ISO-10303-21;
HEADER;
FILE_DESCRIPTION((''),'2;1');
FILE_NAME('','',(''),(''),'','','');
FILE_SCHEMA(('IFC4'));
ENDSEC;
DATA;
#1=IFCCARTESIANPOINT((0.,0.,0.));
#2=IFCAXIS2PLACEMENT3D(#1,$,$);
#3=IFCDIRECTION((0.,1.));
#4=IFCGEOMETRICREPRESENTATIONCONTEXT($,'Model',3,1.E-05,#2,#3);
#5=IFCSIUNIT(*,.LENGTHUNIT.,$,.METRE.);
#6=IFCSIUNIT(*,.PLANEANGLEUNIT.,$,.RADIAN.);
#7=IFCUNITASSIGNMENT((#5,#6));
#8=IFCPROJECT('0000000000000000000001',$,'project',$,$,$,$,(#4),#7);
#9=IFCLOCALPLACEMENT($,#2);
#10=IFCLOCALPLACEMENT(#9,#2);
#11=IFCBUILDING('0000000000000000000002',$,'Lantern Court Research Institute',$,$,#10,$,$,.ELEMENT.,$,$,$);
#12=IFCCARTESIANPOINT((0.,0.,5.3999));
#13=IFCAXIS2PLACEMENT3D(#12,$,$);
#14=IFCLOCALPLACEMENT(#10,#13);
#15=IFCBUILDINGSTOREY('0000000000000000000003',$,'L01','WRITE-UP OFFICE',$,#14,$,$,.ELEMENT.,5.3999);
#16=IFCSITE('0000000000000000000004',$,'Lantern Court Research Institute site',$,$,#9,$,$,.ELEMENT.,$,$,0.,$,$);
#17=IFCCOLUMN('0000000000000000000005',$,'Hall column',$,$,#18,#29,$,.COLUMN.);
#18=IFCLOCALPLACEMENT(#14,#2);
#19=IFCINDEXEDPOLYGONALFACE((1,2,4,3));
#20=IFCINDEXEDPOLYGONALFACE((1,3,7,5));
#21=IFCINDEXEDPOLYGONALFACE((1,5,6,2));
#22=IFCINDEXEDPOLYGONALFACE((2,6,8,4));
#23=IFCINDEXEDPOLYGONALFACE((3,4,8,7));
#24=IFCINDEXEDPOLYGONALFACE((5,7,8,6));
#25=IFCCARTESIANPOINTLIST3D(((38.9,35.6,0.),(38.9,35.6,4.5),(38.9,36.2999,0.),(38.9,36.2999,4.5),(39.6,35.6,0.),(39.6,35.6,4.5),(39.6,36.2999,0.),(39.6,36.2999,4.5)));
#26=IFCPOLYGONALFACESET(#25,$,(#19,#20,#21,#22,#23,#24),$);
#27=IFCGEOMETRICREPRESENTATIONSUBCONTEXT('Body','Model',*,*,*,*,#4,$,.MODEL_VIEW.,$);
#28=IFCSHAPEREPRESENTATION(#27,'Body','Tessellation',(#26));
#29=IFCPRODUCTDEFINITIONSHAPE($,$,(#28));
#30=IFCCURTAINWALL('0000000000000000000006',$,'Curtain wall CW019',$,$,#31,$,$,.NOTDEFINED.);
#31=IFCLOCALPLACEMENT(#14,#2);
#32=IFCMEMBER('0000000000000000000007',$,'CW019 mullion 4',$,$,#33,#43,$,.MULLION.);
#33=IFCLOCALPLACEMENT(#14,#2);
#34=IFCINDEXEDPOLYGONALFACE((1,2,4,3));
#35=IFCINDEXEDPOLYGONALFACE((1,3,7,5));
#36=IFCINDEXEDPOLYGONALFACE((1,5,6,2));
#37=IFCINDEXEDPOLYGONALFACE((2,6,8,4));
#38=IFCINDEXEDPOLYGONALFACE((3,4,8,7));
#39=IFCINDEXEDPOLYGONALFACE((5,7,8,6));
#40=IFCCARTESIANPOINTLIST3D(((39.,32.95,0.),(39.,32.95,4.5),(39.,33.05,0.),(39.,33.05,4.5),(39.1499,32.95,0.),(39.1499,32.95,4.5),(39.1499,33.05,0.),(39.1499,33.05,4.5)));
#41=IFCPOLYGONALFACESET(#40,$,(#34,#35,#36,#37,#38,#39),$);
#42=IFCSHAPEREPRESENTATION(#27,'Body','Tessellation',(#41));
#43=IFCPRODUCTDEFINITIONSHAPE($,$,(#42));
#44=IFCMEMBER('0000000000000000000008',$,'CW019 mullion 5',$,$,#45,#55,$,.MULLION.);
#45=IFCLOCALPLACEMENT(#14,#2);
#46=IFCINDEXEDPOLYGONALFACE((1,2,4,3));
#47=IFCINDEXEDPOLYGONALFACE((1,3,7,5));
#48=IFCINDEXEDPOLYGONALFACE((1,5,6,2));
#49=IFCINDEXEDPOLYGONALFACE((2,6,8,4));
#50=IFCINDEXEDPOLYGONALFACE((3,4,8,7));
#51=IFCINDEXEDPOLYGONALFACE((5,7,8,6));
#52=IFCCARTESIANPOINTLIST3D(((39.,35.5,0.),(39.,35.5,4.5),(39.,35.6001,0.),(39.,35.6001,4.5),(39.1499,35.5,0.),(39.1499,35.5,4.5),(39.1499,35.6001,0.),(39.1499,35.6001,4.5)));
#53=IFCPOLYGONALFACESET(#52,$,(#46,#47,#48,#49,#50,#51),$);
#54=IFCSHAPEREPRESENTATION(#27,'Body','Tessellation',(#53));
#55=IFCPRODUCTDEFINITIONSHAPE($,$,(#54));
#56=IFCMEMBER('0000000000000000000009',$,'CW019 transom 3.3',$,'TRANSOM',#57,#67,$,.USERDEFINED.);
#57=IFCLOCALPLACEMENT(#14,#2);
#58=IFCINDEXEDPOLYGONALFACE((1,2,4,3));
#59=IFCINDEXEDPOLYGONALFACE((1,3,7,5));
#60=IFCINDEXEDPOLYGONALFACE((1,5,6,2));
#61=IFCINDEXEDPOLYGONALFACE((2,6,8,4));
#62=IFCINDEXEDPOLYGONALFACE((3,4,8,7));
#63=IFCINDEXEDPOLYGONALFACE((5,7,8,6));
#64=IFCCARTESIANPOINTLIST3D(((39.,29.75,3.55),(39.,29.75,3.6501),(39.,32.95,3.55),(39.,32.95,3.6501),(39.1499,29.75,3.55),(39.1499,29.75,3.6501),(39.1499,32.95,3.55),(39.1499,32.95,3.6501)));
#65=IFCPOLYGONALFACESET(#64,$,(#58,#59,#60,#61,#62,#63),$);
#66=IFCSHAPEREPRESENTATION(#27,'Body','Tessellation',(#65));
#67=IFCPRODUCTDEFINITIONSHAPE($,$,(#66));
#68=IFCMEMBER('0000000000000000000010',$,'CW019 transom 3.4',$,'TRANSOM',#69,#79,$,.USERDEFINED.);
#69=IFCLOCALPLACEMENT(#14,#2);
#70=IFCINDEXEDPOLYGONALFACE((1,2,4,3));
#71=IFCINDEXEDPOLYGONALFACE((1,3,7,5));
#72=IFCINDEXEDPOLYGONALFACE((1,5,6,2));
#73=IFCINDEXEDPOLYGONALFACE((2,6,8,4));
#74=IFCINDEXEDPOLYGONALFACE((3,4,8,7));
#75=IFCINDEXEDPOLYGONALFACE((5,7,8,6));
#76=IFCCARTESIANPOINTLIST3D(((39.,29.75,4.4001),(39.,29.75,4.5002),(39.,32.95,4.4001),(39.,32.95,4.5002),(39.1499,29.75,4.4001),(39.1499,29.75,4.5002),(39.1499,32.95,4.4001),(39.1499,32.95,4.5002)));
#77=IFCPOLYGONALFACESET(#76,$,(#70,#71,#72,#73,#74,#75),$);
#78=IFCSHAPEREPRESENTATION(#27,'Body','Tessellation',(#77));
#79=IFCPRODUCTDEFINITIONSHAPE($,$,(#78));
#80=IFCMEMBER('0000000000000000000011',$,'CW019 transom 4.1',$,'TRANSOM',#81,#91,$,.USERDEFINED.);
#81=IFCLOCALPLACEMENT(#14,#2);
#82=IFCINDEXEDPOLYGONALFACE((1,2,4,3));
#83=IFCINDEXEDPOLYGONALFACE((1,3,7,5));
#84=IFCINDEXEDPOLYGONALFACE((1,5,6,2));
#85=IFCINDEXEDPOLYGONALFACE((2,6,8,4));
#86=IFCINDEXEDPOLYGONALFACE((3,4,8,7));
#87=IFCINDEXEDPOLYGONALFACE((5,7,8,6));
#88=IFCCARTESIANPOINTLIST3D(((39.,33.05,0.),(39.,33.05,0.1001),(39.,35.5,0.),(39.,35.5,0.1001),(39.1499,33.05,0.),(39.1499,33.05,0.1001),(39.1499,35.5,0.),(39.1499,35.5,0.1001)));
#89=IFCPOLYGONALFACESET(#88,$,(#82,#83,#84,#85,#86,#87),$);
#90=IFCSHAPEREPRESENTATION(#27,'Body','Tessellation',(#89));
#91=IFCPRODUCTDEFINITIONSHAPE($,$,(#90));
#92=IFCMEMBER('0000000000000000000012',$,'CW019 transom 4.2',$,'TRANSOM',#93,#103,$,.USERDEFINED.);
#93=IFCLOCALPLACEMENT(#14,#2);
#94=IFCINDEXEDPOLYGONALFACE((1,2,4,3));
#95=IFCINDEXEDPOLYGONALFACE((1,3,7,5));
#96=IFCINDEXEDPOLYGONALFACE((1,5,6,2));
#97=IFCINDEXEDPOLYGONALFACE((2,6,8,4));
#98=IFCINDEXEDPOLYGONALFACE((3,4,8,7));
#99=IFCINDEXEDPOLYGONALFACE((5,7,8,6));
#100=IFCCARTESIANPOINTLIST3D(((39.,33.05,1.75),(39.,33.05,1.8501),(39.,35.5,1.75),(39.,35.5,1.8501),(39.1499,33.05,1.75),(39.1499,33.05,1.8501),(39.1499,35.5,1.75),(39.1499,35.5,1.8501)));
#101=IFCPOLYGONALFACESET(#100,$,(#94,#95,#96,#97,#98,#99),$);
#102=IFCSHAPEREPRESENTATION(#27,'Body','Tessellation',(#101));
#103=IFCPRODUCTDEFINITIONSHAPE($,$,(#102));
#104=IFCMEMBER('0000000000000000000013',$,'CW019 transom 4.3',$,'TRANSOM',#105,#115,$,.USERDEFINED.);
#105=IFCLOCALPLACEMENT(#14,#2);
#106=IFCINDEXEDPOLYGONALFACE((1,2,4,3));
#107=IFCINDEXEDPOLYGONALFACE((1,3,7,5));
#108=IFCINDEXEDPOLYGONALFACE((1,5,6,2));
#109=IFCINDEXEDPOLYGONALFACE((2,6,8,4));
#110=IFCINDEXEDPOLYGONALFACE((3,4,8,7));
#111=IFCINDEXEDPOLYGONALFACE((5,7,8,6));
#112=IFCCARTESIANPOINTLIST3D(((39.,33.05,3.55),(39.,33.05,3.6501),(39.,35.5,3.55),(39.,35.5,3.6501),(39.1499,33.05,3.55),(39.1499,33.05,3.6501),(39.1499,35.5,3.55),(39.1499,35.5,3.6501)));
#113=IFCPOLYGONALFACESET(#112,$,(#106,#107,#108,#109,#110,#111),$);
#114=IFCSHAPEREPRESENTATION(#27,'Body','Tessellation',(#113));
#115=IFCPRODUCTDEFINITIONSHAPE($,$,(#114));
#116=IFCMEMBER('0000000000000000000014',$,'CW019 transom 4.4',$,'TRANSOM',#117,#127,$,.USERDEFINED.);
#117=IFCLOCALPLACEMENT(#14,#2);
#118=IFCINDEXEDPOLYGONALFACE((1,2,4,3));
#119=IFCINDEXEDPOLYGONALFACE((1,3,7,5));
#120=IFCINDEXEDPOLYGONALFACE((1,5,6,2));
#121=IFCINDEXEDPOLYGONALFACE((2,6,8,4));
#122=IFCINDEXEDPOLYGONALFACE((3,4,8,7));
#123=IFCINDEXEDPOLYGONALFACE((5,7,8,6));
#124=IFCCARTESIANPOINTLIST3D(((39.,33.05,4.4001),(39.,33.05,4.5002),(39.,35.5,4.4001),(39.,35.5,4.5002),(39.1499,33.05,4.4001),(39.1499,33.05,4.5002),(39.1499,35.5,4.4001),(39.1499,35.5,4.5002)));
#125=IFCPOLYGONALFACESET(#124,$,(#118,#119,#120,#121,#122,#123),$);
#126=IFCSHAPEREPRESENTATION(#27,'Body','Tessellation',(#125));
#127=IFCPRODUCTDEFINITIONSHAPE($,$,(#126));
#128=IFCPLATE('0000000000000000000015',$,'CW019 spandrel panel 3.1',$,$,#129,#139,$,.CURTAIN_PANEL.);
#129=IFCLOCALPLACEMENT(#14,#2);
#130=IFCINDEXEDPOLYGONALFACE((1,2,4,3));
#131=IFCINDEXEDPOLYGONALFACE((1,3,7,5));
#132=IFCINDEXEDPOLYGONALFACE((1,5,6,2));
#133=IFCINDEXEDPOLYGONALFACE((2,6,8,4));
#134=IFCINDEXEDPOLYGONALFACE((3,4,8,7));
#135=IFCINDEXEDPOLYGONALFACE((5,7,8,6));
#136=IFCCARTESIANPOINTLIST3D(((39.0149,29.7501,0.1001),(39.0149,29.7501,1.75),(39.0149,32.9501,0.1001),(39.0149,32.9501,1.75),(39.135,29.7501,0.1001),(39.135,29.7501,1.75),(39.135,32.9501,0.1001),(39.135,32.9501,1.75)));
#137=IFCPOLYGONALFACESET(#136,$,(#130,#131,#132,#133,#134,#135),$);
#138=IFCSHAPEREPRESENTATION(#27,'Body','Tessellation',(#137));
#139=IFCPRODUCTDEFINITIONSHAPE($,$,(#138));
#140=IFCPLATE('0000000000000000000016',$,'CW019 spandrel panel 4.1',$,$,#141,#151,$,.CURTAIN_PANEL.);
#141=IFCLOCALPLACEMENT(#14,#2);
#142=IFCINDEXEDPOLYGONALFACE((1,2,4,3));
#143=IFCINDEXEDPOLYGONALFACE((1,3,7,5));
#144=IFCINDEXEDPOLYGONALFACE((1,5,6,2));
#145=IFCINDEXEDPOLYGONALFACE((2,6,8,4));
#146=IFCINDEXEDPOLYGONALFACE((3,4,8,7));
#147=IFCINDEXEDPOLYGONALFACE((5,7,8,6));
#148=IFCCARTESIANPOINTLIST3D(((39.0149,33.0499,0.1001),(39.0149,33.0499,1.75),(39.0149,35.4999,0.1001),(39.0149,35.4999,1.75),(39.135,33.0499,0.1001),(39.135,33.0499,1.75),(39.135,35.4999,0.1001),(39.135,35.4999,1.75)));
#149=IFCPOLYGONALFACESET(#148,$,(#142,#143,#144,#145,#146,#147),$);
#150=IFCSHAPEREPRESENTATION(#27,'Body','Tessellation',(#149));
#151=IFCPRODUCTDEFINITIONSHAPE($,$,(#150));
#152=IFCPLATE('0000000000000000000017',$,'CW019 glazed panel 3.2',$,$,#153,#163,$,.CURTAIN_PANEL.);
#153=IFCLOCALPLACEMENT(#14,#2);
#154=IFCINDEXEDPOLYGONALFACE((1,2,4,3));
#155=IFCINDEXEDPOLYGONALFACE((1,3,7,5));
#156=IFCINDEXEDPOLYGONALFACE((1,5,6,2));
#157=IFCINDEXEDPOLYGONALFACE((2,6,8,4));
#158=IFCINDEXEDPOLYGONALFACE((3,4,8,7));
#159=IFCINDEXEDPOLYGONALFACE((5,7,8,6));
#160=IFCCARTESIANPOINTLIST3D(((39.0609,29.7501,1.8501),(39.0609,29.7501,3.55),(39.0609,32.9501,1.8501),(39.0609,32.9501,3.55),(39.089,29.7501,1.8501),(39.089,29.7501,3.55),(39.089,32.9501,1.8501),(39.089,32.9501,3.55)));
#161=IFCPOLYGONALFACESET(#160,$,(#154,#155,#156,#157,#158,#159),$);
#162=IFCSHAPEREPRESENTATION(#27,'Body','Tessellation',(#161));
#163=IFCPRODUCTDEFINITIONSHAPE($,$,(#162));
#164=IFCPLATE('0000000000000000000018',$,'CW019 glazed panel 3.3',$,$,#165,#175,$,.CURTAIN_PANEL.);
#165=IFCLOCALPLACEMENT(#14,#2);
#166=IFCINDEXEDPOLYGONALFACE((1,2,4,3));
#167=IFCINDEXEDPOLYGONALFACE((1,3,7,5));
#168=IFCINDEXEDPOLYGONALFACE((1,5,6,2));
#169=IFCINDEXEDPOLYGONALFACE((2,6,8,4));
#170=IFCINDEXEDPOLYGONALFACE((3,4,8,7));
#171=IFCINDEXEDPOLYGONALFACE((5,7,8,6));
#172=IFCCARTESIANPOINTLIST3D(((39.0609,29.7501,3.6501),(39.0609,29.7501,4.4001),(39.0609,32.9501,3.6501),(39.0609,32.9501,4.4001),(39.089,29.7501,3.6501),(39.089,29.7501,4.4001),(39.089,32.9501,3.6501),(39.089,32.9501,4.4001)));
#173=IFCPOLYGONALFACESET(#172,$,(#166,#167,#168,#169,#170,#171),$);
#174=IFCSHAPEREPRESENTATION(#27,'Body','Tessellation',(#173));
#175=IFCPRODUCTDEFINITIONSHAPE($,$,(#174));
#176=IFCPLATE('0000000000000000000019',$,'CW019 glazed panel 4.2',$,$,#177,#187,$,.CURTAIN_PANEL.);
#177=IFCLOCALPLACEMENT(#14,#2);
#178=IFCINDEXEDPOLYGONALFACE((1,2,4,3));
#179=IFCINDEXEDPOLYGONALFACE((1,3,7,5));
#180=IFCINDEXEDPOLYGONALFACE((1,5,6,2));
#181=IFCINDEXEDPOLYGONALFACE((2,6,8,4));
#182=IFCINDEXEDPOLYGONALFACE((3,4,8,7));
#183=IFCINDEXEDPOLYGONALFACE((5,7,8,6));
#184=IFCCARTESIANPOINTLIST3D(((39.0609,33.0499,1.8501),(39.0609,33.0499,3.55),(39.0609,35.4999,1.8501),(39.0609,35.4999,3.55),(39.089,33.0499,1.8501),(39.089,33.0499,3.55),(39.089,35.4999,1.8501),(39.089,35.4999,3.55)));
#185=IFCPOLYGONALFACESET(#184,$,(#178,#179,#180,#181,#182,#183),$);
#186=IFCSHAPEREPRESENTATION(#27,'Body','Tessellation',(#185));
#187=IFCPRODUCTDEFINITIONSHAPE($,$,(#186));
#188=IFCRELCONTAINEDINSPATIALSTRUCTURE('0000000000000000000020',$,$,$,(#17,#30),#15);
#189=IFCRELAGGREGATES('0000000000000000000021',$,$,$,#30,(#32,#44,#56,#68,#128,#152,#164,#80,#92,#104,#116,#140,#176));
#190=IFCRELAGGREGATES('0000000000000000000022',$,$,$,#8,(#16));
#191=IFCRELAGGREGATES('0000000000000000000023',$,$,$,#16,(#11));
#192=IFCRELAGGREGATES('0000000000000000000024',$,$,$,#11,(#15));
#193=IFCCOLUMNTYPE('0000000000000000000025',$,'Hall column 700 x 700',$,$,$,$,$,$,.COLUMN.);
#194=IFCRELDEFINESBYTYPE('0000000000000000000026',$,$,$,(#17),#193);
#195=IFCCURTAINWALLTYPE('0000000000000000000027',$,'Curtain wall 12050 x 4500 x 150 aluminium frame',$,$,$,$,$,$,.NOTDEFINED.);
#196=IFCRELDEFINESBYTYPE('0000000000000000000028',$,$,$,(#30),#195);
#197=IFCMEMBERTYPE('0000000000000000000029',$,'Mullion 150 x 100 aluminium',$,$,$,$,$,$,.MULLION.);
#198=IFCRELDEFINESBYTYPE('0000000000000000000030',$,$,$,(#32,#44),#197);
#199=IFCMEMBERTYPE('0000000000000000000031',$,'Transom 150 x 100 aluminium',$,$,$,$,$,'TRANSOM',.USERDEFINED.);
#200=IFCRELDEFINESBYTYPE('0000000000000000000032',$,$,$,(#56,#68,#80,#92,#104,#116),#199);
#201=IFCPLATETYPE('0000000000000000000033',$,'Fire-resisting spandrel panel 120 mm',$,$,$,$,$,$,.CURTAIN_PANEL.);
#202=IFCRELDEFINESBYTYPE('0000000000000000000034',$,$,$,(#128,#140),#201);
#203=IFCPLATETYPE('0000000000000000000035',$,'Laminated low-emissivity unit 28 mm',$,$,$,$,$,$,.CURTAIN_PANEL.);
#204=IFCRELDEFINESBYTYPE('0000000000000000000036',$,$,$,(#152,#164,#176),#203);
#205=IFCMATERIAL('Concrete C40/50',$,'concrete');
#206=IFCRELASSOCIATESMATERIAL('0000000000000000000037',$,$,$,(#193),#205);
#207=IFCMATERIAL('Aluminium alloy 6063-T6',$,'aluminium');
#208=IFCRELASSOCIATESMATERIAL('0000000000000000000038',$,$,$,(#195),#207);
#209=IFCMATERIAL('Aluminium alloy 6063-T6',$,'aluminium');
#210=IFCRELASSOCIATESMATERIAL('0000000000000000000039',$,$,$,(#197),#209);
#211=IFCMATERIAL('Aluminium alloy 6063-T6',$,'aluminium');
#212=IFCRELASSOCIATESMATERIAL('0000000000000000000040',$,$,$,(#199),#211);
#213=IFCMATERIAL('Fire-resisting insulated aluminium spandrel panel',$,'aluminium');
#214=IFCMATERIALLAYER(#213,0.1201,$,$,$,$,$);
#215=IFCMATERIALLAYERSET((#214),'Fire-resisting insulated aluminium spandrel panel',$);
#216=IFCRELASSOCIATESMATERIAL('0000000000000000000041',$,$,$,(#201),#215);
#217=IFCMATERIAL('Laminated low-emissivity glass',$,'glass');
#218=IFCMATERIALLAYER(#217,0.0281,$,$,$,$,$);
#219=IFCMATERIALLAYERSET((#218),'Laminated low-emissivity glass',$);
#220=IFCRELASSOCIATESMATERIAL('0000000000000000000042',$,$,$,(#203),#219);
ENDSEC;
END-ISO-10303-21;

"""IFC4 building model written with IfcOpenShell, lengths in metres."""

from ifc_helpers import new_model, si_unit, direction, frame, origin, origin_2d, place, context, subcontext, project, spatial, rectangle, extrude, material, layer, layer_set, material_profile, profile_set, type_object, element, aggregate, save


model = new_model("IFC4")

# Units and contexts
model_context = context("Model", 3, precision=1e-05, world=origin(), true_north=direction((0.0, 1.0)))
body_context = subcontext(model_context, "Body", "Model", "MODEL_VIEW")
ifc_project = project(units=[si_unit("LENGTHUNIT", "METRE"), si_unit("PLANEANGLEUNIT", "RADIAN")], contexts=[model_context])

# Site, building, storey
site_placement = place(None, origin())
site = spatial("IfcSite", under=ifc_project, at=site_placement, Name="Lantern Court Research Institute site", CompositionType="ELEMENT", RefElevation=0.0)
building_placement = place(site_placement, origin())
building = spatial("IfcBuilding", under=site, at=building_placement, Name="Lantern Court Research Institute", CompositionType="ELEMENT")
storey_placement = place(building_placement, frame((0.0, 0.0, 5.3999)))
storey = spatial("IfcBuildingStorey", under=building, at=storey_placement, Name="L01", Description="WRITE-UP OFFICE", CompositionType="ELEMENT", Elevation=5.3999)

# Column
ifc_material_1 = material(Name="Concrete C40/50", Category="concrete")
ifc_material_profile_1 = material_profile(ifc_material_1, rectangle(XDim=0.7, YDim=0.7, at=origin_2d()), Name="Hall column 700 x 700")
ifc_profile_set_1 = profile_set([ifc_material_profile_1], Name="Concrete C40/50")
column_type = type_object("IfcColumnType", Name="Hall column 700 x 700", PredefinedType="COLUMN", material=ifc_profile_set_1)
column_placement = place(storey_placement, frame((39.25, 35.95, 0.0), z_axis=(0.0, 0.0, 1.0), x_axis=(1.0, 0.0, 0.0)))
element("IfcColumn", 1, at=column_placement, inside=storey, type_object=column_type, Name="Hall column", PredefinedType="COLUMN", context=body_context, shape_type="SweptSolid", body=[
    extrude(rectangle(XDim=0.7, YDim=0.7, at=origin_2d()), origin(), (0.0, 0.0, 1.0), 4.5),
])

# Curtain wall, members, plates
ifc_material_2 = material(Name="Aluminium alloy 6063-T6", Category="aluminium")
curtain_wall_type = type_object("IfcCurtainWallType", Name="Curtain wall 12050 x 4500 x 150 aluminium frame", PredefinedType="NOTDEFINED", material=ifc_material_2)
curtain_wall_placement = place(storey_placement, origin())
curtain_wall = element("IfcCurtainWall", 2, at=curtain_wall_placement, inside=storey, type_object=curtain_wall_type, Name="Curtain wall CW019", PredefinedType="NOTDEFINED")
ifc_material_3 = material(Name="Aluminium alloy 6063-T6", Category="aluminium")
ifc_material_profile_2 = material_profile(ifc_material_3, rectangle(XDim=0.1499, YDim=0.1001, at=origin_2d()), Name="Mullion 150 x 100")
ifc_profile_set_2 = profile_set([ifc_material_profile_2], Name="Aluminium alloy 6063-T6")
member_type_1 = type_object("IfcMemberType", Name="Mullion 150 x 100 aluminium", PredefinedType="MULLION", material=ifc_profile_set_2)
member_1_placement = place(storey_placement, frame((39.075, 33.0, 0.0), z_axis=(0.0, 0.0, 1.0), x_axis=(-1.0, 0.0, 0.0)))
member_1 = element("IfcMember", 3, at=member_1_placement, type_object=member_type_1, Name="CW019 mullion 4", PredefinedType="MULLION", context=body_context, shape_type="SweptSolid", body=[
    extrude(rectangle(XDim=0.1499, YDim=0.1001, at=origin_2d()), origin(), (0.0, 0.0, 1.0), 4.5),
])
member_2_placement = place(storey_placement, frame((39.075, 35.55, 0.0), z_axis=(0.0, 0.0, 1.0), x_axis=(-1.0, 0.0, 0.0)))
member_2 = element("IfcMember", 4, at=member_2_placement, type_object=member_type_1, Name="CW019 mullion 5", PredefinedType="MULLION", context=body_context, shape_type="SweptSolid", body=[
    extrude(rectangle(XDim=0.1499, YDim=0.1001, at=origin_2d()), origin(), (0.0, 0.0, 1.0), 4.5),
])
ifc_material_4 = material(Name="Aluminium alloy 6063-T6", Category="aluminium")
ifc_material_profile_3 = material_profile(ifc_material_4, rectangle(XDim=0.1499, YDim=0.1001, at=origin_2d()), Name="Transom 150 x 100")
ifc_profile_set_3 = profile_set([ifc_material_profile_3], Name="Aluminium alloy 6063-T6")
member_type_2 = type_object("IfcMemberType", Name="Transom 150 x 100 aluminium", ElementType="TRANSOM", PredefinedType="USERDEFINED", material=ifc_profile_set_3)
member_3_placement = place(storey_placement, frame((39.075, 29.75, 3.6001), z_axis=(0.0, 1.0, 0.0), x_axis=(-1.0, 0.0, 0.0)))
member_3 = element("IfcMember", 5, at=member_3_placement, type_object=member_type_2, Name="CW019 transom 3.3", ObjectType="TRANSOM", PredefinedType="USERDEFINED", context=body_context, shape_type="SweptSolid", body=[
    extrude(rectangle(XDim=0.1499, YDim=0.1001, at=origin_2d()), origin(), (0.0, 0.0, 1.0), 3.2),
])
member_4_placement = place(storey_placement, frame((39.075, 29.75, 4.4502), z_axis=(0.0, 1.0, 0.0), x_axis=(-1.0, 0.0, 0.0)))
member_4 = element("IfcMember", 6, at=member_4_placement, type_object=member_type_2, Name="CW019 transom 3.4", ObjectType="TRANSOM", PredefinedType="USERDEFINED", context=body_context, shape_type="SweptSolid", body=[
    extrude(rectangle(XDim=0.1499, YDim=0.1001, at=origin_2d()), origin(), (0.0, 0.0, 1.0), 3.2),
])
member_5_placement = place(storey_placement, frame((39.075, 33.05, 0.05), z_axis=(0.0, 1.0, 0.0), x_axis=(-1.0, 0.0, 0.0)))
member_5 = element("IfcMember", 7, at=member_5_placement, type_object=member_type_2, Name="CW019 transom 4.1", ObjectType="TRANSOM", PredefinedType="USERDEFINED", context=body_context, shape_type="SweptSolid", body=[
    extrude(rectangle(XDim=0.1499, YDim=0.1001, at=origin_2d()), origin(), (0.0, 0.0, 1.0), 2.45),
])
member_6_placement = place(storey_placement, frame((39.075, 33.05, 1.8), z_axis=(0.0, 1.0, 0.0), x_axis=(-1.0, 0.0, 0.0)))
member_6 = element("IfcMember", 8, at=member_6_placement, type_object=member_type_2, Name="CW019 transom 4.2", ObjectType="TRANSOM", PredefinedType="USERDEFINED", context=body_context, shape_type="SweptSolid", body=[
    extrude(rectangle(XDim=0.1499, YDim=0.1001, at=origin_2d()), origin(), (0.0, 0.0, 1.0), 2.45),
])
member_7_placement = place(storey_placement, frame((39.075, 33.05, 3.6001), z_axis=(0.0, 1.0, 0.0), x_axis=(-1.0, 0.0, 0.0)))
member_7 = element("IfcMember", 9, at=member_7_placement, type_object=member_type_2, Name="CW019 transom 4.3", ObjectType="TRANSOM", PredefinedType="USERDEFINED", context=body_context, shape_type="SweptSolid", body=[
    extrude(rectangle(XDim=0.1499, YDim=0.1001, at=origin_2d()), origin(), (0.0, 0.0, 1.0), 2.45),
])
member_8_placement = place(storey_placement, frame((39.075, 33.05, 4.4502), z_axis=(0.0, 1.0, 0.0), x_axis=(-1.0, 0.0, 0.0)))
member_8 = element("IfcMember", 10, at=member_8_placement, type_object=member_type_2, Name="CW019 transom 4.4", ObjectType="TRANSOM", PredefinedType="USERDEFINED", context=body_context, shape_type="SweptSolid", body=[
    extrude(rectangle(XDim=0.1499, YDim=0.1001, at=origin_2d()), origin(), (0.0, 0.0, 1.0), 2.45),
])
ifc_material_5 = material(Name="Fire-resisting insulated aluminium spandrel panel", Category="aluminium")
ifc_layer_1 = layer(ifc_material_5, 0.1201)
ifc_layer_set_1 = layer_set([ifc_layer_1], Name="Fire-resisting insulated aluminium spandrel panel")
plate_type_1 = type_object("IfcPlateType", Name="Fire-resisting spandrel panel 120 mm", PredefinedType="CURTAIN_PANEL", material=ifc_layer_set_1)
plate_1_placement = place(storey_placement, frame((39.075, 31.3501, 0.1001), z_axis=(0.0, 0.0, 1.0), x_axis=(0.0, 1.0, 0.0)))
plate_1 = element("IfcPlate", 11, at=plate_1_placement, type_object=plate_type_1, Name="CW019 spandrel panel 3.1", PredefinedType="CURTAIN_PANEL", context=body_context, shape_type="SweptSolid", body=[
    extrude(rectangle(XDim=3.2, YDim=0.1201, at=origin_2d()), origin(), (0.0, 0.0, 1.0), 1.6499),
])
plate_2_placement = place(storey_placement, frame((39.075, 34.2749, 0.1001), z_axis=(0.0, 0.0, 1.0), x_axis=(0.0, 1.0, 0.0)))
plate_2 = element("IfcPlate", 12, at=plate_2_placement, type_object=plate_type_1, Name="CW019 spandrel panel 4.1", PredefinedType="CURTAIN_PANEL", context=body_context, shape_type="SweptSolid", body=[
    extrude(rectangle(XDim=2.45, YDim=0.1201, at=origin_2d()), origin(), (0.0, 0.0, 1.0), 1.6499),
])
ifc_material_6 = material(Name="Laminated low-emissivity glass", Category="glass")
ifc_layer_2 = layer(ifc_material_6, 0.0281)
ifc_layer_set_2 = layer_set([ifc_layer_2], Name="Laminated low-emissivity glass")
plate_type_2 = type_object("IfcPlateType", Name="Laminated low-emissivity unit 28 mm", PredefinedType="CURTAIN_PANEL", material=ifc_layer_set_2)
plate_3_placement = place(storey_placement, frame((39.075, 31.3501, 1.8501), z_axis=(0.0, 0.0, 1.0), x_axis=(0.0, 1.0, 0.0)))
plate_3 = element("IfcPlate", 13, at=plate_3_placement, type_object=plate_type_2, Name="CW019 glazed panel 3.2", PredefinedType="CURTAIN_PANEL", context=body_context, shape_type="SweptSolid", body=[
    extrude(rectangle(XDim=3.2, YDim=0.0281, at=origin_2d()), origin(), (0.0, 0.0, 1.0), 1.7),
])
plate_4_placement = place(storey_placement, frame((39.075, 31.3501, 3.6501), z_axis=(0.0, 0.0, 1.0), x_axis=(0.0, 1.0, 0.0)))
plate_4 = element("IfcPlate", 14, at=plate_4_placement, type_object=plate_type_2, Name="CW019 glazed panel 3.3", PredefinedType="CURTAIN_PANEL", context=body_context, shape_type="SweptSolid", body=[
    extrude(rectangle(XDim=3.2, YDim=0.0281, at=origin_2d()), origin(), (0.0, 0.0, 1.0), 0.75),
])
plate_5_placement = place(storey_placement, frame((39.075, 34.2749, 1.8501), z_axis=(0.0, 0.0, 1.0), x_axis=(0.0, 1.0, 0.0)))
plate_5 = element("IfcPlate", 15, at=plate_5_placement, type_object=plate_type_2, Name="CW019 glazed panel 4.2", PredefinedType="CURTAIN_PANEL", context=body_context, shape_type="SweptSolid", body=[
    extrude(rectangle(XDim=2.45, YDim=0.0281, at=origin_2d()), origin(), (0.0, 0.0, 1.0), 1.7),
])
aggregate(curtain_wall, [member_1, member_2, member_3, member_4, plate_1, plate_3, plate_4, member_5, member_6, member_7, member_8, plate_2, plate_5])

save(model, "model.ifc")
